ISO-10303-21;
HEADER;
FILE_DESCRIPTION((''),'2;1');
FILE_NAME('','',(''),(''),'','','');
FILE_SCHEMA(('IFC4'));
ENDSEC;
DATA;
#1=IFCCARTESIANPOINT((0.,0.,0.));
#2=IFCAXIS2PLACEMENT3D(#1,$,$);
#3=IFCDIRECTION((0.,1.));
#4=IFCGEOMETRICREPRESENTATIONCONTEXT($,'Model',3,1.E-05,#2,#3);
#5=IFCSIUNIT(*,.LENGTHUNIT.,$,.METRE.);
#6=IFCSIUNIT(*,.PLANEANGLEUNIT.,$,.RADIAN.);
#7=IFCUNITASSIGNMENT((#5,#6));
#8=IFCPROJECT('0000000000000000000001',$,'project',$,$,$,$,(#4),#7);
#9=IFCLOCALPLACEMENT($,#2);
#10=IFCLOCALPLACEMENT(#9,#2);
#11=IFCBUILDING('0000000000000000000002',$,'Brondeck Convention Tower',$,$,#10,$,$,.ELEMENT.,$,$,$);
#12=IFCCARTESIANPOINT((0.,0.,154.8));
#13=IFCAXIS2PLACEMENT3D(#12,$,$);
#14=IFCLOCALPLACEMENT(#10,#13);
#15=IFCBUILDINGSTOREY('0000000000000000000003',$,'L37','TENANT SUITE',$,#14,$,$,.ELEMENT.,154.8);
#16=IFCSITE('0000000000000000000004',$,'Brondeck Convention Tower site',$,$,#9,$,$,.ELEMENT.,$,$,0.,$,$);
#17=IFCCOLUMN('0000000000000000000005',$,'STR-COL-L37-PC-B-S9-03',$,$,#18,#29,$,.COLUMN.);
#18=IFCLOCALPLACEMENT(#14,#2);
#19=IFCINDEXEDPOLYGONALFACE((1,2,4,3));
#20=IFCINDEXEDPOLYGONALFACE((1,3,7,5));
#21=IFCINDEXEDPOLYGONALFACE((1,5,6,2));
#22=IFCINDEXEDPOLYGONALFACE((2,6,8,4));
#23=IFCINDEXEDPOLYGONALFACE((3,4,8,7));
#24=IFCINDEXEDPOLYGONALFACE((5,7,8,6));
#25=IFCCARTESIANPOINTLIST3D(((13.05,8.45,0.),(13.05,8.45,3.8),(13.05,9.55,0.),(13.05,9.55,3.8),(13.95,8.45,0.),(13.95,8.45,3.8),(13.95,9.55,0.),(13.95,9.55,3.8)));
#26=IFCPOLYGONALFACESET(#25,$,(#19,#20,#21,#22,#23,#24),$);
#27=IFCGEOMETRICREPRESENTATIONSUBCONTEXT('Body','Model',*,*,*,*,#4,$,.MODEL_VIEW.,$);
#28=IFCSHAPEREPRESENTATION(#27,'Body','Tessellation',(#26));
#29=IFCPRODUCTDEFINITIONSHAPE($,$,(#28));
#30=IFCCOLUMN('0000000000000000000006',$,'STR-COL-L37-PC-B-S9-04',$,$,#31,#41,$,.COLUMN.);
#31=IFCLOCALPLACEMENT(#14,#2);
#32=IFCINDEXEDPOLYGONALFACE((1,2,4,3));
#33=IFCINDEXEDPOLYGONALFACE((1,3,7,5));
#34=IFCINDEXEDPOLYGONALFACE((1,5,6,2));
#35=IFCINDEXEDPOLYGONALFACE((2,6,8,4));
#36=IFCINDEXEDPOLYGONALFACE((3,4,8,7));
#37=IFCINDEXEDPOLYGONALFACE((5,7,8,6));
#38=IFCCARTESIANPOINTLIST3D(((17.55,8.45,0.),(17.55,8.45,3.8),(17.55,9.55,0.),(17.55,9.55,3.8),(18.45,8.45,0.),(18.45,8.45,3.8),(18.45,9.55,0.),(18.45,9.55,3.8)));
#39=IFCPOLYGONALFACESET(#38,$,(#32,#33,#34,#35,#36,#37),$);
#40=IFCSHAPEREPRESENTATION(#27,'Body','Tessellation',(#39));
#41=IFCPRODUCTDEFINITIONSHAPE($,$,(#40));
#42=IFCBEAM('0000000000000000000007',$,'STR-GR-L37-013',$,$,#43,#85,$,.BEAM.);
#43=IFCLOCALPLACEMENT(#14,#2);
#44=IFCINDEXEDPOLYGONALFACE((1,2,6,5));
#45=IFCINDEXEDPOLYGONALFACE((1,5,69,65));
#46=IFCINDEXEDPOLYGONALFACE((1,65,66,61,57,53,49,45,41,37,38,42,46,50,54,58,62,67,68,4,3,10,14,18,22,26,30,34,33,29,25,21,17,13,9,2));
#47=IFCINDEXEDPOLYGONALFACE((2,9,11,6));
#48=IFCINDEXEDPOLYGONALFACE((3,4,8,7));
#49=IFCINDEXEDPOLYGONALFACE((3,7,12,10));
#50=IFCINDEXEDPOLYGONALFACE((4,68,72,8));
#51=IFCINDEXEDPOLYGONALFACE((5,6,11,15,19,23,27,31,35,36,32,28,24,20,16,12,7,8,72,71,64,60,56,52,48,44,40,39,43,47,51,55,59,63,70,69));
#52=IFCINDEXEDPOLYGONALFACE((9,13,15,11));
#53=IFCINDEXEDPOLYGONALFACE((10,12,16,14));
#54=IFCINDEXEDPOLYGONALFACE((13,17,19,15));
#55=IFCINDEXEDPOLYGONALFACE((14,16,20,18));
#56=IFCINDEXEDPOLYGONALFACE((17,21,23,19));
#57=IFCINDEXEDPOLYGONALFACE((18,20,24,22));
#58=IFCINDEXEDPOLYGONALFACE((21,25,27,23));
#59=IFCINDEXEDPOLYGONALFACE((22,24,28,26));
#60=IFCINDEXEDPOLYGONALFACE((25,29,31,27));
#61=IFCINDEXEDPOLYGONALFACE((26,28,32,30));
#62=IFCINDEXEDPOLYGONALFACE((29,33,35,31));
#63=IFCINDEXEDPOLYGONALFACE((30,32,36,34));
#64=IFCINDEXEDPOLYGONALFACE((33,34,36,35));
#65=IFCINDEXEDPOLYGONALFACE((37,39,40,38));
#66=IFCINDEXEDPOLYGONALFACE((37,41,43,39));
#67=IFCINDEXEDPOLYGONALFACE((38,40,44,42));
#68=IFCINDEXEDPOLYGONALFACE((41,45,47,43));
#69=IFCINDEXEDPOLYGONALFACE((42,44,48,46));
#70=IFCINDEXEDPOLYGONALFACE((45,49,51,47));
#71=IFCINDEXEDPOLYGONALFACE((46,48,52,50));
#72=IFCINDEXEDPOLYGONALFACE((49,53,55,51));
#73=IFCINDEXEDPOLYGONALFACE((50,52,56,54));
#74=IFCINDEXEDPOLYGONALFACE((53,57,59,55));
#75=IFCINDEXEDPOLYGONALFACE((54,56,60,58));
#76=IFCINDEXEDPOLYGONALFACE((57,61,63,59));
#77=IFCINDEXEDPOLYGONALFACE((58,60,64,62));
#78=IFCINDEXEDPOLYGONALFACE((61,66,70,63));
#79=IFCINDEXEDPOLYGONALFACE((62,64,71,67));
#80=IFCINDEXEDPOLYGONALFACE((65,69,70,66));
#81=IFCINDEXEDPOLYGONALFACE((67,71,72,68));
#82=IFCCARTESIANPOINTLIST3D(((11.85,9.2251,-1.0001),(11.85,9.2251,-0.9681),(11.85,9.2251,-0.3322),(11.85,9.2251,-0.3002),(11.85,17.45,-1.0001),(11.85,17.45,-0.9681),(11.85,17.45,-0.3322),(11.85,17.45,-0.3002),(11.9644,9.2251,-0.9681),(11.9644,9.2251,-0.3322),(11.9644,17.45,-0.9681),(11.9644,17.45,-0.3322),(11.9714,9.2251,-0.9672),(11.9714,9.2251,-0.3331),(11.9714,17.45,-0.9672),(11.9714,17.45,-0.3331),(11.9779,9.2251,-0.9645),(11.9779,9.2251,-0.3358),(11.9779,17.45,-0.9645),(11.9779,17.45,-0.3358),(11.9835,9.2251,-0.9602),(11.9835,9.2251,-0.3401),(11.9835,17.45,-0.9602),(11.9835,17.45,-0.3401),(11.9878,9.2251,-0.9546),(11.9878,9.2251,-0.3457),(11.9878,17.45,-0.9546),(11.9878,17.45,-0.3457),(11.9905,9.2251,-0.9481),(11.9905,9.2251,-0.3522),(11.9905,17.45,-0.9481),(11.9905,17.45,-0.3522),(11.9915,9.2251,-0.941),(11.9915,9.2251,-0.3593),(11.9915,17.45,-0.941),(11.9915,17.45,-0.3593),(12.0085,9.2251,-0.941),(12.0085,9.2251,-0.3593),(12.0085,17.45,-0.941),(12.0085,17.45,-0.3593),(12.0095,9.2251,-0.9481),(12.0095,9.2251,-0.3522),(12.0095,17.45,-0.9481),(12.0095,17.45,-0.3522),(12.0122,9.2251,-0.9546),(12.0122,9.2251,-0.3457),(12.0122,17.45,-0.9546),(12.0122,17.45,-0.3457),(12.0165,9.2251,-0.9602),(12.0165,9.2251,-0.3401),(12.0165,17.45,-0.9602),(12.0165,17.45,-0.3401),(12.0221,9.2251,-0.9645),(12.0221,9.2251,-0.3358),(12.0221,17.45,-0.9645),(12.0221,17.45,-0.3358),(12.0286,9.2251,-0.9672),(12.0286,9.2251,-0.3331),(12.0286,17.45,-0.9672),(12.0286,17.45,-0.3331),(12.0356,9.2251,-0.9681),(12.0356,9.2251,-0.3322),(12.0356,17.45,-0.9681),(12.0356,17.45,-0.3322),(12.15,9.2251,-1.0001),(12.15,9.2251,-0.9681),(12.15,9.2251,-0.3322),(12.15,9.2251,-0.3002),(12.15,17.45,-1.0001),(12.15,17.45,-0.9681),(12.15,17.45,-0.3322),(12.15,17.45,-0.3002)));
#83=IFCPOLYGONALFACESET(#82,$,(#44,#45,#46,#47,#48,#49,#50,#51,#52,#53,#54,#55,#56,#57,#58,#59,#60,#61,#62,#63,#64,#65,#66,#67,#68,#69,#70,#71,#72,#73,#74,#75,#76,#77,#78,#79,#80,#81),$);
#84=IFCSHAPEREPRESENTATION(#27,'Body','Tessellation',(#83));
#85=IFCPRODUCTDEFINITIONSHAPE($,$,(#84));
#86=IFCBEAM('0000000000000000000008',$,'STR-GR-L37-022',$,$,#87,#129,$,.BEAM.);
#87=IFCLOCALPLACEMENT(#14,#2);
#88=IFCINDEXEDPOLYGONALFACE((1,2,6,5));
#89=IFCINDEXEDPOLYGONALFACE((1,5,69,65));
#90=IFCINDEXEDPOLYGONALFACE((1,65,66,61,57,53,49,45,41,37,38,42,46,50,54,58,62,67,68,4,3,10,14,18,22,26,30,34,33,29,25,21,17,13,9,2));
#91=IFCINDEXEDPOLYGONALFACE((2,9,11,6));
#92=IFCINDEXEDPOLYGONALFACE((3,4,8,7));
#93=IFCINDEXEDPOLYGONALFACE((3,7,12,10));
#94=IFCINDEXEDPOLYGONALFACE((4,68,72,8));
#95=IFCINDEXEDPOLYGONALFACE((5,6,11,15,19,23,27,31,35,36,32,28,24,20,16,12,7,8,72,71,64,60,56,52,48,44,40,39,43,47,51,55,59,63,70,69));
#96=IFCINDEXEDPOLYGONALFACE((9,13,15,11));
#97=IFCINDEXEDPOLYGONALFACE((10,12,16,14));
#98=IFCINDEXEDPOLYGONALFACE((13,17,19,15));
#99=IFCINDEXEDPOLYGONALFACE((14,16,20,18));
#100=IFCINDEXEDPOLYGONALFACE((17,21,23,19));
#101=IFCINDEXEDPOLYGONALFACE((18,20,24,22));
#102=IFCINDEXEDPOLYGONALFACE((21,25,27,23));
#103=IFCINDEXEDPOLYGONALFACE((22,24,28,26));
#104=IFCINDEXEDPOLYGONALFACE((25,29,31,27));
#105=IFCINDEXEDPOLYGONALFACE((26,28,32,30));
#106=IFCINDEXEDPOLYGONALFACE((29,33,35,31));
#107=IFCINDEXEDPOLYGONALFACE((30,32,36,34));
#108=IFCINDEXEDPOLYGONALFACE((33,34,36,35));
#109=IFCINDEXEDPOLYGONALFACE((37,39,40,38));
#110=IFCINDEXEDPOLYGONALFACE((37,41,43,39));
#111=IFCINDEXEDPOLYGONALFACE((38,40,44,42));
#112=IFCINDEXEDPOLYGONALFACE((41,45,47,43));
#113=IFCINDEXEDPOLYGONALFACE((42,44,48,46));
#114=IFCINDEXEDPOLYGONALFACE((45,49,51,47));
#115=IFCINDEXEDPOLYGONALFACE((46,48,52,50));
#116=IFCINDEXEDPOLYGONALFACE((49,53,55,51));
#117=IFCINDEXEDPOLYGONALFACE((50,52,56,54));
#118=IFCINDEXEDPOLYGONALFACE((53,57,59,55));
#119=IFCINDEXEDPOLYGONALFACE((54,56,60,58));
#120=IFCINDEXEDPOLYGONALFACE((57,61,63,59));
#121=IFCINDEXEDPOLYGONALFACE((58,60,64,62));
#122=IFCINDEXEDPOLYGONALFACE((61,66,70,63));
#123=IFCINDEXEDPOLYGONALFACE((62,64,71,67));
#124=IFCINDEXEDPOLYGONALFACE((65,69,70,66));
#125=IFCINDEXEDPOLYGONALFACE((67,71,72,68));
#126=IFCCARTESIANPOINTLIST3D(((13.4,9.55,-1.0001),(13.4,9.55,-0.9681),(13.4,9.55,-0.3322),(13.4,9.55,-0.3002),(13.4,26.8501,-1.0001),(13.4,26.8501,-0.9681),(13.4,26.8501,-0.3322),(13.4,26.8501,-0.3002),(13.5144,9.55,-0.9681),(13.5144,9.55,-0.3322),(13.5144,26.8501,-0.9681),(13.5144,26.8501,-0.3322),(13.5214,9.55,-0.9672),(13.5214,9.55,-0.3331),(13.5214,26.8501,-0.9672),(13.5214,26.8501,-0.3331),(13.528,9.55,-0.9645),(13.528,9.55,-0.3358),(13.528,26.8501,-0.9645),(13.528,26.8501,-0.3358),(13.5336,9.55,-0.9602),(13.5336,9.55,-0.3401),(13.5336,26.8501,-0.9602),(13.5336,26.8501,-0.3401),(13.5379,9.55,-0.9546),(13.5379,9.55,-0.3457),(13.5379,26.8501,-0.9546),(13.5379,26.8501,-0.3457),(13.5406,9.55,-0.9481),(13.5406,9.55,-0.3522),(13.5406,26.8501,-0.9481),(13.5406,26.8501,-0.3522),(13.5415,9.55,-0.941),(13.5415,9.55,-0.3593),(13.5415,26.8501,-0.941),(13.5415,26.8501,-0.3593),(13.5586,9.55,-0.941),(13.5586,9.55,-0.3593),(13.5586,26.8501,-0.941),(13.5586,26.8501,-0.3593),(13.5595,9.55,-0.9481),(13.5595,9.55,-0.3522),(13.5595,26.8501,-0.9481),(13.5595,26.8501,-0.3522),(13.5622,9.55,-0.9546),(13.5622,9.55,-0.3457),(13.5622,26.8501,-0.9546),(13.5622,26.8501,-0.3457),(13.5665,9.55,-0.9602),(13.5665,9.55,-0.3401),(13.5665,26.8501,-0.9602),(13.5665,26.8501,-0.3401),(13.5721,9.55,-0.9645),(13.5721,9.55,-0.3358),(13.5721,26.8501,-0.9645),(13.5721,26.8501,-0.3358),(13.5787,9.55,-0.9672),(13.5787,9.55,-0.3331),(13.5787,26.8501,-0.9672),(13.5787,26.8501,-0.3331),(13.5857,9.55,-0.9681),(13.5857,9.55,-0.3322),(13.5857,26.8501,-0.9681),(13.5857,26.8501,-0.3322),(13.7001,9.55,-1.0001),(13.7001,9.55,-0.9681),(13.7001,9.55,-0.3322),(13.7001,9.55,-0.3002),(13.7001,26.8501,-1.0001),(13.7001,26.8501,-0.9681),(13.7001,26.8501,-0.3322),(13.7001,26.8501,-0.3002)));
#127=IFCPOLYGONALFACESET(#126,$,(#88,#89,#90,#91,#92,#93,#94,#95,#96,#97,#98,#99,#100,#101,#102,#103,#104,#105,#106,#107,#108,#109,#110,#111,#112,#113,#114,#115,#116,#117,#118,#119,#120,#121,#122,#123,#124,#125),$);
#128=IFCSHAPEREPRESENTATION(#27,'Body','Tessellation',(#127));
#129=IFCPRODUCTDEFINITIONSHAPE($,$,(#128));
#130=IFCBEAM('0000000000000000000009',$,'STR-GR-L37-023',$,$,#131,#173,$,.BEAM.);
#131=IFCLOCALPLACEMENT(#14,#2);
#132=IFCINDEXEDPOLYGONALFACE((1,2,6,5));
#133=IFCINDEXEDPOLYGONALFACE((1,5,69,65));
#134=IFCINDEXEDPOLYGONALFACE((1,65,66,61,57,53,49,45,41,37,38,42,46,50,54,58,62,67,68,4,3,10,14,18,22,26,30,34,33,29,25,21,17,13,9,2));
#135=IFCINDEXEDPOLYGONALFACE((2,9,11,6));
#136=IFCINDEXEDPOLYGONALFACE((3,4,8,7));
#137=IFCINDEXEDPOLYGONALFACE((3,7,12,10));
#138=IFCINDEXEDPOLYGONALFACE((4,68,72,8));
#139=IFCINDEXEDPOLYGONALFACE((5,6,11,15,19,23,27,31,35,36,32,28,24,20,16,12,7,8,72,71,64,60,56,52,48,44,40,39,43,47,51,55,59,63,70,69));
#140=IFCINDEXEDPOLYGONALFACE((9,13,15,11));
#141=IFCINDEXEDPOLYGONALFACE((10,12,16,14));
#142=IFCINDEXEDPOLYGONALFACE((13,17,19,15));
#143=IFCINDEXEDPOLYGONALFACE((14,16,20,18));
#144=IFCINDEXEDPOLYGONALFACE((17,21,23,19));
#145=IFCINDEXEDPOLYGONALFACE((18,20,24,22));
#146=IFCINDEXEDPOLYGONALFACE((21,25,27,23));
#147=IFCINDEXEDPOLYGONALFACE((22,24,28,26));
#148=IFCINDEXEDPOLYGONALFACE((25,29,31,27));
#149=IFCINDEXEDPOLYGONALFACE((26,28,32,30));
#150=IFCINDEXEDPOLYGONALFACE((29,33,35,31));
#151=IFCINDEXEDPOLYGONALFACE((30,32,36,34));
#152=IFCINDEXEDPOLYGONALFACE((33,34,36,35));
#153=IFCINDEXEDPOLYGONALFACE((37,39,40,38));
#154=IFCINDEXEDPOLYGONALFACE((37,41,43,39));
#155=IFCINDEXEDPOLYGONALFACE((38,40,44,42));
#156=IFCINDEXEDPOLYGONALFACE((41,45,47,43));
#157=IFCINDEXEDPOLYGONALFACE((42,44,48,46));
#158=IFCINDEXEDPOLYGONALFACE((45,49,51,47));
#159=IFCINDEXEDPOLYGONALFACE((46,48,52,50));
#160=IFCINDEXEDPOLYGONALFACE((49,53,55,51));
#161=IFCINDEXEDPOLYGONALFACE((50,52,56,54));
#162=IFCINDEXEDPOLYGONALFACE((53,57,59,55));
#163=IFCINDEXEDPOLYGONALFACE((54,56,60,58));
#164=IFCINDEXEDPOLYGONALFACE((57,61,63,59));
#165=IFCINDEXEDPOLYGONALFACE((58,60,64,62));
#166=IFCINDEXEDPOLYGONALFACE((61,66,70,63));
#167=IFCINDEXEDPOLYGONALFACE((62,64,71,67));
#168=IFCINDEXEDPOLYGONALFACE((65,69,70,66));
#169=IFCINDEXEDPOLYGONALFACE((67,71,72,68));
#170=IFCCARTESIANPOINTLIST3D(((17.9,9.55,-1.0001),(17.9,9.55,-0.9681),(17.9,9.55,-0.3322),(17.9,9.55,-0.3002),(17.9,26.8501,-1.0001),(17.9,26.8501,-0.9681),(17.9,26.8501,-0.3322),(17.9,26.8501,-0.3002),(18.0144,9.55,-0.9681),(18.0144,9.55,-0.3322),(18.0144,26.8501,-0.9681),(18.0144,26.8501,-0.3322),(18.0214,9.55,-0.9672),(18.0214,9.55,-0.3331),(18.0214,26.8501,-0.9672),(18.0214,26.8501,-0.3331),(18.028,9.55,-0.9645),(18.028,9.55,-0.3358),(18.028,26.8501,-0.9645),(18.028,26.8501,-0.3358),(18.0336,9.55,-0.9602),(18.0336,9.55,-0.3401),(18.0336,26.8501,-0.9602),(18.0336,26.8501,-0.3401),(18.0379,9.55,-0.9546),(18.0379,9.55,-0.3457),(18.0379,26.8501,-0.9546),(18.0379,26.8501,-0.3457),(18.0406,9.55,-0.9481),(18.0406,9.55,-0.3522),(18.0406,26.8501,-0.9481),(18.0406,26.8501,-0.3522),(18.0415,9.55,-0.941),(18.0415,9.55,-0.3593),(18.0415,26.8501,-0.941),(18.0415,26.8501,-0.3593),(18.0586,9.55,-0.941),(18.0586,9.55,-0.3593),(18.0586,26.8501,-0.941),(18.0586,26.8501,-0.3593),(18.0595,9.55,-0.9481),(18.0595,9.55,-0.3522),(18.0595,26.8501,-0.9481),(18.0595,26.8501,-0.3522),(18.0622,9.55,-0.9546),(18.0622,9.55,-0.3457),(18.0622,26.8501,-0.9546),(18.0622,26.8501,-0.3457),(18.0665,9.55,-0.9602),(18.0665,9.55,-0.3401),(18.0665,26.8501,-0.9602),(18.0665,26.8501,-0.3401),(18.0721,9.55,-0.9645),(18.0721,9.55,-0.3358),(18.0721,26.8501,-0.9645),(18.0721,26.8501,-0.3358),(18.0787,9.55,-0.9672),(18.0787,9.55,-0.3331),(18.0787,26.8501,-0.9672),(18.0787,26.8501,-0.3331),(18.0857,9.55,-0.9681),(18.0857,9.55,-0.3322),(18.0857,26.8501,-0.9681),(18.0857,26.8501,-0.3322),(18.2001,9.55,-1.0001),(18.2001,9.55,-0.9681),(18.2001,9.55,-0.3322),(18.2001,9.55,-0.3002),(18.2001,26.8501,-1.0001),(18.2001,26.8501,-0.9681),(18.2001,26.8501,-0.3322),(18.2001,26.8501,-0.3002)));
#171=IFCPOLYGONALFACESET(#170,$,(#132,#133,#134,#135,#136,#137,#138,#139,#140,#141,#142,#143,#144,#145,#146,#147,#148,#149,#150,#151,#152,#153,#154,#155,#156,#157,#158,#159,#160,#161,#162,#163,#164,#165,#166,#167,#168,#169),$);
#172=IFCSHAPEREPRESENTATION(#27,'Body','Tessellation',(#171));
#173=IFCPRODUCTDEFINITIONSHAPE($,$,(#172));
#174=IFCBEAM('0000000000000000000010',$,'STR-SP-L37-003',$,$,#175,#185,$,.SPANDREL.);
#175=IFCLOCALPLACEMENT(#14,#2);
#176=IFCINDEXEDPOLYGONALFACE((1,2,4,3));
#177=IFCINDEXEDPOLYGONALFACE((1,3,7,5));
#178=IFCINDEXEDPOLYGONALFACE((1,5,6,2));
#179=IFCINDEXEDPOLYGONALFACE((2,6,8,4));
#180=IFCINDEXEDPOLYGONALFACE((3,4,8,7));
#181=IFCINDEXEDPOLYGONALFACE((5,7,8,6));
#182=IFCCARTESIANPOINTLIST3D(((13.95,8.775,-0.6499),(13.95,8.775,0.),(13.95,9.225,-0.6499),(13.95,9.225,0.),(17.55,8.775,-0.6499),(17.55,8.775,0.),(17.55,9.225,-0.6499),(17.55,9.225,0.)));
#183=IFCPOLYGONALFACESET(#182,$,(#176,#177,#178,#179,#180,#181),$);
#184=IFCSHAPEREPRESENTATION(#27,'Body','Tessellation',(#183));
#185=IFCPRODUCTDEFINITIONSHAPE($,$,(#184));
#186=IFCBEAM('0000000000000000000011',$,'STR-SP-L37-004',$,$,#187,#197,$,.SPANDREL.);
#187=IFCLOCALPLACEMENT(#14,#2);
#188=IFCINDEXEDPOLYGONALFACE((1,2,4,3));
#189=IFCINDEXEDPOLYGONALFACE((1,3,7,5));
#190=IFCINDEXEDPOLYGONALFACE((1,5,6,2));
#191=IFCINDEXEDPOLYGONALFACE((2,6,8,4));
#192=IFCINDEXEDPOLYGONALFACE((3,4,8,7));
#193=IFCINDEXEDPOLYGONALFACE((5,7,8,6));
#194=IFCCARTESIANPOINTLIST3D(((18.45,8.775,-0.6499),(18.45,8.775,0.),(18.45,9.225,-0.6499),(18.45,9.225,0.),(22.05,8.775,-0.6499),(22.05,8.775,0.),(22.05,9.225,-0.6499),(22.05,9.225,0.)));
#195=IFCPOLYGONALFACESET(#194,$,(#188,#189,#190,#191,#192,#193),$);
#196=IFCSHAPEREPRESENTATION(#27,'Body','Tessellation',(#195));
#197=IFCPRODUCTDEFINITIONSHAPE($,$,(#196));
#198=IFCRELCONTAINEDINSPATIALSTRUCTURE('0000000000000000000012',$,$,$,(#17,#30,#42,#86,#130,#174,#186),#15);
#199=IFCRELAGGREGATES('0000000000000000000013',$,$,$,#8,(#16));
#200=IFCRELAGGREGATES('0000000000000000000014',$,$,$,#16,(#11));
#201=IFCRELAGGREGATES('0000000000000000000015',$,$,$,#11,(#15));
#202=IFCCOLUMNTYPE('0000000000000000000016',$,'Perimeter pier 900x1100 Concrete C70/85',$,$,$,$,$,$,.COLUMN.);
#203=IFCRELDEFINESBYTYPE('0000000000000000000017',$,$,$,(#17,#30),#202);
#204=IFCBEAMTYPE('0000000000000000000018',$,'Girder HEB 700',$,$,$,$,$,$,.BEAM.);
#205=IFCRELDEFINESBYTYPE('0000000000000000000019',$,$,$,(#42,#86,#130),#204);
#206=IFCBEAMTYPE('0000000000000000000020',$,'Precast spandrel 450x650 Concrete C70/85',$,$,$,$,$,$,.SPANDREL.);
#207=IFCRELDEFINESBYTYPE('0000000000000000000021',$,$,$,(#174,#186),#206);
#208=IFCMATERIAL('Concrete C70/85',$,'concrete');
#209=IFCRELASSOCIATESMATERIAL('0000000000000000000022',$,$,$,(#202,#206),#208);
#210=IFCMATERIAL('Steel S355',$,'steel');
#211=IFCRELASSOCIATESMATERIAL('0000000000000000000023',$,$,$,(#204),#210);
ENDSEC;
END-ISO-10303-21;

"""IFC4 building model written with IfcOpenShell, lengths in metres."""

from ifc_helpers import new_model, si_unit, direction, frame, origin, origin_2d, place, context, subcontext, project, spatial, rectangle, i_section, extrude, material, material_profile, profile_set, type_object, element, save


model = new_model("IFC4")

# Units and contexts
model_context = context("Model", 3, precision=1e-05, world=origin(), true_north=direction((0.0, 1.0)))
body_context = subcontext(model_context, "Body", "Model", "MODEL_VIEW")
ifc_project = project(units=[si_unit("LENGTHUNIT", "METRE"), si_unit("PLANEANGLEUNIT", "RADIAN")], contexts=[model_context])

# Site, building, storey
site_placement = place(None, origin())
site = spatial("IfcSite", under=ifc_project, at=site_placement, Name="Brondeck Convention Tower site", CompositionType="ELEMENT", RefElevation=0.0)
building_placement = place(site_placement, origin())
building = spatial("IfcBuilding", under=site, at=building_placement, Name="Brondeck Convention Tower", CompositionType="ELEMENT")
storey_placement = place(building_placement, frame((0.0, 0.0, 154.8)))
storey = spatial("IfcBuildingStorey", under=building, at=storey_placement, Name="L37", Description="TENANT SUITE", CompositionType="ELEMENT", Elevation=154.8)

# Columns
ifc_material_1 = material(Name="Concrete C70/85", Category="concrete")
ifc_material_profile_1 = material_profile(ifc_material_1, rectangle(XDim=0.8999, YDim=1.1001, at=origin_2d()), Name="Perimeter pier 900x1100 Concrete C70/85")
ifc_profile_set_1 = profile_set([ifc_material_profile_1], Name="Concrete C70/85")
column_type = type_object("IfcColumnType", Name="Perimeter pier 900x1100 Concrete C70/85", PredefinedType="COLUMN", material=ifc_profile_set_1)
for number, where, z_axis, x_axis, name in (
    (1, (13.5, 9.0, 0.0), (0.0, 0.0, 1.0), (1.0, 0.0, 0.0), "STR-COL-L37-PC-B-S9-03"),
    (2, (18.0, 9.0, 0.0), (0.0, 0.0, 1.0), (1.0, 0.0, 0.0), "STR-COL-L37-PC-B-S9-04"),
):
    element("IfcColumn", number, at=place(storey_placement, frame(where, z_axis=z_axis, x_axis=x_axis)), inside=storey, type_object=column_type, Name=name, PredefinedType="COLUMN", context=body_context, shape_type="SweptSolid", body=[
        extrude(rectangle(XDim=0.8999, YDim=1.1001, at=origin_2d()), origin(), (0.0, 0.0, 1.0), 3.8),
    ])

# Beams
ifc_material_2 = material(Name="Steel S355", Category="steel")
ifc_material_profile_2 = material_profile(ifc_material_2, i_section(OverallWidth=0.3, OverallDepth=0.7, WebThickness=0.0171, FlangeThickness=0.032, FilletRadius=0.0271, at=origin_2d()), Name="HEB 700")
ifc_profile_set_2 = profile_set([ifc_material_profile_2], Name="Steel S355")
beam_type_1 = type_object("IfcBeamType", Name="Girder HEB 700", PredefinedType="BEAM", material=ifc_profile_set_2)
beam_placement = place(storey_placement, frame((12.0, 17.45, -0.6501), z_axis=(0.0, -1.0, 0.0), x_axis=(1.0, 0.0, 0.0)))
element("IfcBeam", 3, at=beam_placement, inside=storey, type_object=beam_type_1, Name="STR-GR-L37-013", PredefinedType="BEAM", context=body_context, shape_type="SweptSolid", body=[
    extrude(i_section(OverallWidth=0.3, OverallDepth=0.7, WebThickness=0.0171, FlangeThickness=0.032, FilletRadius=0.0271, at=origin_2d()), origin(), (0.0, 0.0, 1.0), 8.2249),
])
for number, where, z_axis, x_axis, name in (
    (4, (13.55, 9.55, -0.6501), (0.0, 1.0, 0.0), (-1.0, 0.0, 0.0), "STR-GR-L37-022"),
    (5, (18.05, 9.55, -0.6501), (0.0, 1.0, 0.0), (-1.0, 0.0, 0.0), "STR-GR-L37-023"),
):
    element("IfcBeam", number, at=place(storey_placement, frame(where, z_axis=z_axis, x_axis=x_axis)), inside=storey, type_object=beam_type_1, Name=name, PredefinedType="BEAM", context=body_context, shape_type="SweptSolid", body=[
        extrude(i_section(OverallWidth=0.3, OverallDepth=0.7, WebThickness=0.0171, FlangeThickness=0.032, FilletRadius=0.0271, at=origin_2d()), origin(), (0.0, 0.0, 1.0), 17.3),
    ])
ifc_material_profile_3 = material_profile(ifc_material_1, rectangle(XDim=0.45, YDim=0.6499, at=origin_2d()), Name="Precast spandrel 450x650 Concrete C70/85")
ifc_profile_set_3 = profile_set([ifc_material_profile_3], Name="Concrete C70/85")
beam_type_2 = type_object("IfcBeamType", Name="Precast spandrel 450x650 Concrete C70/85", PredefinedType="SPANDREL", material=ifc_profile_set_3)
for number, where, z_axis, x_axis, name in (
    (6, (13.95, 9.0, -0.325), (1.0, 0.0, 0.0), (0.0, 1.0, 0.0), "STR-SP-L37-003"),
    (7, (18.45, 9.0, -0.325), (1.0, 0.0, 0.0), (0.0, 1.0, 0.0), "STR-SP-L37-004"),
):
    element("IfcBeam", number, at=place(storey_placement, frame(where, z_axis=z_axis, x_axis=x_axis)), inside=storey, type_object=beam_type_2, Name=name, PredefinedType="SPANDREL", context=body_context, shape_type="SweptSolid", body=[
        extrude(rectangle(XDim=0.45, YDim=0.6499, at=origin_2d()), origin(), (0.0, 0.0, 1.0), 3.6001),
    ])

save(model, "model.ifc")
